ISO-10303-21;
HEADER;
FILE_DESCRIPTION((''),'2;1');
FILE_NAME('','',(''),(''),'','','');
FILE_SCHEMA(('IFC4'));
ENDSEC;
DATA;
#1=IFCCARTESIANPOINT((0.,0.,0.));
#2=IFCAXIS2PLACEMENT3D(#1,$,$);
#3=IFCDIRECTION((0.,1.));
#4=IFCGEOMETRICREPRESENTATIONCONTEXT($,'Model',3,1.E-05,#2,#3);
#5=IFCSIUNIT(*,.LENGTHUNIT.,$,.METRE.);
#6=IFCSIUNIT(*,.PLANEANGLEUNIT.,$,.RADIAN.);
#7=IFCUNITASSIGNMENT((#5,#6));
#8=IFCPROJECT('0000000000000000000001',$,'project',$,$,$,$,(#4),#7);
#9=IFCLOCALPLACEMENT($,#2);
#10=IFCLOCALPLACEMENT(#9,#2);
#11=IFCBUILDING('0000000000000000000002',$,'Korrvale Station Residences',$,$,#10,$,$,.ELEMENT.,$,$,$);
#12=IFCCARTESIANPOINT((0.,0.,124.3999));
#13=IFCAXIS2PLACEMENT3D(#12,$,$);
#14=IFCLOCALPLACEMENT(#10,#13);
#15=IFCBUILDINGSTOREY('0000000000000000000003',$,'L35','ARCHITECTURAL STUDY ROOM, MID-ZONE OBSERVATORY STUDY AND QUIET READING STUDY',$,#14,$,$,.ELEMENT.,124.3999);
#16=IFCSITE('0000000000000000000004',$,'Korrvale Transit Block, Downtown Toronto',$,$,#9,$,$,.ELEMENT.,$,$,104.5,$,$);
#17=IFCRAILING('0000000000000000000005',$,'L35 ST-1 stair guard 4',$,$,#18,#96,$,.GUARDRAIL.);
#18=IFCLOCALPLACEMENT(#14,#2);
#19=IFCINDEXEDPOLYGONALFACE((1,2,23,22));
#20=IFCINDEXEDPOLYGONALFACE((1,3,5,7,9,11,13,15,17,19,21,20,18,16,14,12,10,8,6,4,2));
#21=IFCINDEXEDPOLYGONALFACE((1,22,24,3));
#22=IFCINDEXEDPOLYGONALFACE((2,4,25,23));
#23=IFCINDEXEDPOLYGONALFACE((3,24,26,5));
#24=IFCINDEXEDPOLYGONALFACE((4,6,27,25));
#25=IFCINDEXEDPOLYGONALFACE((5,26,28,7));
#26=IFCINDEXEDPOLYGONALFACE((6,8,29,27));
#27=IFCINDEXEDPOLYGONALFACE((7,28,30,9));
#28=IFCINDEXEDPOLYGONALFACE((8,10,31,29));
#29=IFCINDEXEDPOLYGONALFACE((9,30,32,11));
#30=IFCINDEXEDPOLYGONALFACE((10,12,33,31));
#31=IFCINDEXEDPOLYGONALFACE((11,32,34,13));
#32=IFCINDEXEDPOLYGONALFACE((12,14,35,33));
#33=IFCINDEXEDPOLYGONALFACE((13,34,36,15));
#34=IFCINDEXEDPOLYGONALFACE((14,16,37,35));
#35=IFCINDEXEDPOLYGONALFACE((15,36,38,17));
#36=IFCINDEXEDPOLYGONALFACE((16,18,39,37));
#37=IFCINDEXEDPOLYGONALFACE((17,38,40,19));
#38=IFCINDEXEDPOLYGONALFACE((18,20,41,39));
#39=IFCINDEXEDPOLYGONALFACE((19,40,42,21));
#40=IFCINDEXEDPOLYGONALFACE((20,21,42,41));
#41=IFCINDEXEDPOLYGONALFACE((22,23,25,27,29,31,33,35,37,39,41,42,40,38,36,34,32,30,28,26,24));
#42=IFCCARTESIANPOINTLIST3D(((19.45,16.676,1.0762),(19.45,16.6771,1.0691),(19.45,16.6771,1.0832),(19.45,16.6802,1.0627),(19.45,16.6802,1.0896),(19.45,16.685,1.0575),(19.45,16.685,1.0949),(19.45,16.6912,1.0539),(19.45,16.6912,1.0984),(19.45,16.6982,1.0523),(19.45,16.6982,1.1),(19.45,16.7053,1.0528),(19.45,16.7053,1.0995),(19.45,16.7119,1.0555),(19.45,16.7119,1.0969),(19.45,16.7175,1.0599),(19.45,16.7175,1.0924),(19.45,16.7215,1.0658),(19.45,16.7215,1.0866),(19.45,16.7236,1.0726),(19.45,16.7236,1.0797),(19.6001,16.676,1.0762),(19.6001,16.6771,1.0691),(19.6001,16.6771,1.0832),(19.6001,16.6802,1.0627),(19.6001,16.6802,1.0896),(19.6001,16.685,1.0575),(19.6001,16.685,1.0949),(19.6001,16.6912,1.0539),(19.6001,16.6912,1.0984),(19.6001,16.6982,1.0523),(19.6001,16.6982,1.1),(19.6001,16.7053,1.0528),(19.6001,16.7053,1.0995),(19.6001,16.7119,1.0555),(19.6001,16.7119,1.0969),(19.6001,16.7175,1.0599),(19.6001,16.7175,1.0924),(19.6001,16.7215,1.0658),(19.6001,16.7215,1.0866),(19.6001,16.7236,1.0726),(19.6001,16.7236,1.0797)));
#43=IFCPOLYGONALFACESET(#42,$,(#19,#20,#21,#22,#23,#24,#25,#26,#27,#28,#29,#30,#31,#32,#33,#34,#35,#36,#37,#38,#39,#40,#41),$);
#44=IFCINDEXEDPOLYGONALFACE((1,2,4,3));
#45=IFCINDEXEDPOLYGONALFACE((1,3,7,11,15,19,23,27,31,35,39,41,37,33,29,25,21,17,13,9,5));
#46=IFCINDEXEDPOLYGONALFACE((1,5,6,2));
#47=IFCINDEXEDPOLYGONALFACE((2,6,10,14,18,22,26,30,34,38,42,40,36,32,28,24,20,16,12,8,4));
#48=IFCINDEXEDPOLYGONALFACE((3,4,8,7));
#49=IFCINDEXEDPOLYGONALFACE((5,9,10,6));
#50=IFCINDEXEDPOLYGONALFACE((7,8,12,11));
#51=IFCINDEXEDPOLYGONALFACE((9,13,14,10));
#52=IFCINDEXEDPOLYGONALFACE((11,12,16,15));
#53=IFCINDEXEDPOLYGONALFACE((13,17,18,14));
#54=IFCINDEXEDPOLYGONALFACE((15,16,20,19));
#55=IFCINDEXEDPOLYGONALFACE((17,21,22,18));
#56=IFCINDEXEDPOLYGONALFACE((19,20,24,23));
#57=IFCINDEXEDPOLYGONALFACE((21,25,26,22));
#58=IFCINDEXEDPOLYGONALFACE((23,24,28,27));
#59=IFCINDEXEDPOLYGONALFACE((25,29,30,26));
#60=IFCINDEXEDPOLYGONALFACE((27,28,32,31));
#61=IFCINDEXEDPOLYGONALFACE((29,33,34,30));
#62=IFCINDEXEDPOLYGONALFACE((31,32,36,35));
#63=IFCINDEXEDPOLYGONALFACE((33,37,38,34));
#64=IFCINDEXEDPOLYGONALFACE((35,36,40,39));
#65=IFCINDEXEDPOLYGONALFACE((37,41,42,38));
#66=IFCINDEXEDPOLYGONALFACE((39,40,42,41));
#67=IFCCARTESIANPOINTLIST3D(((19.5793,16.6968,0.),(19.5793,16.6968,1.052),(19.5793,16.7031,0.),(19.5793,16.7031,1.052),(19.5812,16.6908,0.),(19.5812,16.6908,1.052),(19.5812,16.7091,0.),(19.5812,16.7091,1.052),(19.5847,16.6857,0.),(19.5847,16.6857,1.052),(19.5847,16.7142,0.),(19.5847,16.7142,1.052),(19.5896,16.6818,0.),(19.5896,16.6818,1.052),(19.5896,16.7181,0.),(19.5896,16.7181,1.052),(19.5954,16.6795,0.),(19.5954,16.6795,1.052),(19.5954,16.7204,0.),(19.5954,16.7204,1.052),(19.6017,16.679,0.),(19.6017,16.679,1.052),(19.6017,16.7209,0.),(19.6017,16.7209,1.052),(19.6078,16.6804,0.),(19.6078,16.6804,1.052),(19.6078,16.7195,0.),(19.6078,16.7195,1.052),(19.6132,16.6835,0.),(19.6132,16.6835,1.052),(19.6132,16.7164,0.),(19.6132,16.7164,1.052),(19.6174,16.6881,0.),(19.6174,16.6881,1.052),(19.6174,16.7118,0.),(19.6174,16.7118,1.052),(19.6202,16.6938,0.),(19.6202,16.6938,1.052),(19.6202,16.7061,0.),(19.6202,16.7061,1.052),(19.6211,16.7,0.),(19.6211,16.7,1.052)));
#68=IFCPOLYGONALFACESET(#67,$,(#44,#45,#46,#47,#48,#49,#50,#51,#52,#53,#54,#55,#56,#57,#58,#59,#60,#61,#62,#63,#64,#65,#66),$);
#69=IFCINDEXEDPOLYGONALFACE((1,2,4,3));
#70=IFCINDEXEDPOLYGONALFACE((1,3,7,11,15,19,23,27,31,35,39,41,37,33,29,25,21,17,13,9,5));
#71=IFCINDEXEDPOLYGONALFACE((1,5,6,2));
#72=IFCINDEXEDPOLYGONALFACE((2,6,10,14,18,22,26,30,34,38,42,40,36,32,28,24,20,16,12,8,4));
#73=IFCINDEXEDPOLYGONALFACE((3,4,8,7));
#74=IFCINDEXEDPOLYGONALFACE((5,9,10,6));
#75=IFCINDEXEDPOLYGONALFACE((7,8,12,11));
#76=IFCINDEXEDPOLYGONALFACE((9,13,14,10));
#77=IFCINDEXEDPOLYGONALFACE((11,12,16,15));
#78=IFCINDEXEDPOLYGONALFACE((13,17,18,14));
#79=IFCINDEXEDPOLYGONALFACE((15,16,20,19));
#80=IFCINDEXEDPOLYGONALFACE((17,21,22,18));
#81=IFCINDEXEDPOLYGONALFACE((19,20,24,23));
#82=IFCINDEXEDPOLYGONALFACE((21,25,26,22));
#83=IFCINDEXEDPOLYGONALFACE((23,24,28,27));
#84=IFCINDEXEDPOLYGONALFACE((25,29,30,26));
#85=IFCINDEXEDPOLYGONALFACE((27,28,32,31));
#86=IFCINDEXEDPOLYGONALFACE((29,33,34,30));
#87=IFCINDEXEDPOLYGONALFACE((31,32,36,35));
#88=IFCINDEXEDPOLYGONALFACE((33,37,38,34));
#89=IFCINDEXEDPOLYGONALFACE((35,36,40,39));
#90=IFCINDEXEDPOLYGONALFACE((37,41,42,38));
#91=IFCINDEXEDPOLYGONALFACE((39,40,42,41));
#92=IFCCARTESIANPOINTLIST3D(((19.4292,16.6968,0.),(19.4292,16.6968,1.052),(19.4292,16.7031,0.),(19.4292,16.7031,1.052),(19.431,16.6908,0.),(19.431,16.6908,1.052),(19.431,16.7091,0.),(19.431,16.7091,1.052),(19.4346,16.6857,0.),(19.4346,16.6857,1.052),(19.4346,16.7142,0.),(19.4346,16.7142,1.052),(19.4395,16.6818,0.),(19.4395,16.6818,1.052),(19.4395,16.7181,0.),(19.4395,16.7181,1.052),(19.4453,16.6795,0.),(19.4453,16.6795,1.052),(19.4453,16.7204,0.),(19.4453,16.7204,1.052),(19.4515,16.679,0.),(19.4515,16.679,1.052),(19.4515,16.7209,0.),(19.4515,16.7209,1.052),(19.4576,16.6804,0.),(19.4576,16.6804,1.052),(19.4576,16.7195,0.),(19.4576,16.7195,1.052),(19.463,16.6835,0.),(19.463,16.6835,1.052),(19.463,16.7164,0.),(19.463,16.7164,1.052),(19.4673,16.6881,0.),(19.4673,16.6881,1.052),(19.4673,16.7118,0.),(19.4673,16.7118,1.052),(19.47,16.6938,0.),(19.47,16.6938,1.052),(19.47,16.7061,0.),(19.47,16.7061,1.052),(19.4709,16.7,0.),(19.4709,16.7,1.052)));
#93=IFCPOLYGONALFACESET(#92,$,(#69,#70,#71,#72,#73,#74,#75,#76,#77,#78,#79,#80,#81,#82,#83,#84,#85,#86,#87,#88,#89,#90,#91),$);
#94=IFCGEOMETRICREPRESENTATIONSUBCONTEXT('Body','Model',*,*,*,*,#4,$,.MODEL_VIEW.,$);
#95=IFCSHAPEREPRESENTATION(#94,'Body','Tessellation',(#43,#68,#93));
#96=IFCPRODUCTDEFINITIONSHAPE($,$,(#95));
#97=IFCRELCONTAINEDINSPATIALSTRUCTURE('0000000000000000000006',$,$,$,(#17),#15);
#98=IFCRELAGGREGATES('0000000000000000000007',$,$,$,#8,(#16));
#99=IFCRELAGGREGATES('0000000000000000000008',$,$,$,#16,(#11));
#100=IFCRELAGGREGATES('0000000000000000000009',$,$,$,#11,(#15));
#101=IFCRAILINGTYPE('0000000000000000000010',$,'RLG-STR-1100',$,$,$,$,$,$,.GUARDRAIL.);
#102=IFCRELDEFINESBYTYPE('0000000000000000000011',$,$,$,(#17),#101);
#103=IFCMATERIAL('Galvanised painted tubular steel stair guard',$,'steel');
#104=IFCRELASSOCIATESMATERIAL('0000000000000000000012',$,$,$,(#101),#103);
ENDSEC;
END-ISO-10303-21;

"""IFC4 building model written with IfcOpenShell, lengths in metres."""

from ifc_helpers import new_model, si_unit, direction, frame, origin, origin_2d, place, context, subcontext, project, spatial, circle, extrude, material, type_object, element, save


model = new_model("IFC4")

# Units and contexts
model_context = context("Model", 3, precision=1e-05, world=origin(), true_north=direction((0.0, 1.0)))
body_context = subcontext(model_context, "Body", "Model", "MODEL_VIEW")
ifc_project = project(units=[si_unit("LENGTHUNIT", "METRE"), si_unit("PLANEANGLEUNIT", "RADIAN")], contexts=[model_context])

# Site, building, storey
site_placement = place(None, origin())
site = spatial("IfcSite", under=ifc_project, at=site_placement, Name="Korrvale Transit Block, Downtown Toronto", CompositionType="ELEMENT", RefElevation=104.5)
building_placement = place(site_placement, origin())
building = spatial("IfcBuilding", under=site, at=building_placement, Name="Korrvale Station Residences", CompositionType="ELEMENT")
storey_placement = place(building_placement, frame((0.0, 0.0, 124.3999)))
storey = spatial("IfcBuildingStorey", under=building, at=storey_placement, Name="L35", Description="ARCHITECTURAL STUDY ROOM, MID-ZONE OBSERVATORY STUDY AND QUIET READING STUDY", CompositionType="ELEMENT", Elevation=124.3999)

# Railing
ifc_material_1 = material(Name="Galvanised painted tubular steel stair guard", Category="steel")
railing_type_1 = type_object("IfcRailingType", Name="RLG-STR-1100", PredefinedType="GUARDRAIL", material=ifc_material_1)
railing_1_placement = place(storey_placement, frame((19.6001, 16.7, 0.0)))
element("IfcRailing", 1, at=railing_1_placement, inside=storey, type_object=railing_type_1, Name="L35 ST-1 stair guard 4", PredefinedType="GUARDRAIL", context=body_context, shape_type="SweptSolid", body=[
    extrude(circle(Radius=0.0239, at=origin_2d()), frame((0.0, 0.0, 1.0762), z_axis=(-1.0, 0.0, 0.0), x_axis=(0.0, -1.0, 0.0)), (0.0, 0.0, 1.0), 0.1501),
    extrude(circle(Radius=0.021, at=origin_2d()), origin(), (0.0, 0.0, 1.0), 1.052),
    extrude(circle(Radius=0.021, at=origin_2d()), frame((-0.1501, 0.0, 0.0)), (0.0, 0.0, 1.0), 1.052),
])

save(model, "model.ifc")
